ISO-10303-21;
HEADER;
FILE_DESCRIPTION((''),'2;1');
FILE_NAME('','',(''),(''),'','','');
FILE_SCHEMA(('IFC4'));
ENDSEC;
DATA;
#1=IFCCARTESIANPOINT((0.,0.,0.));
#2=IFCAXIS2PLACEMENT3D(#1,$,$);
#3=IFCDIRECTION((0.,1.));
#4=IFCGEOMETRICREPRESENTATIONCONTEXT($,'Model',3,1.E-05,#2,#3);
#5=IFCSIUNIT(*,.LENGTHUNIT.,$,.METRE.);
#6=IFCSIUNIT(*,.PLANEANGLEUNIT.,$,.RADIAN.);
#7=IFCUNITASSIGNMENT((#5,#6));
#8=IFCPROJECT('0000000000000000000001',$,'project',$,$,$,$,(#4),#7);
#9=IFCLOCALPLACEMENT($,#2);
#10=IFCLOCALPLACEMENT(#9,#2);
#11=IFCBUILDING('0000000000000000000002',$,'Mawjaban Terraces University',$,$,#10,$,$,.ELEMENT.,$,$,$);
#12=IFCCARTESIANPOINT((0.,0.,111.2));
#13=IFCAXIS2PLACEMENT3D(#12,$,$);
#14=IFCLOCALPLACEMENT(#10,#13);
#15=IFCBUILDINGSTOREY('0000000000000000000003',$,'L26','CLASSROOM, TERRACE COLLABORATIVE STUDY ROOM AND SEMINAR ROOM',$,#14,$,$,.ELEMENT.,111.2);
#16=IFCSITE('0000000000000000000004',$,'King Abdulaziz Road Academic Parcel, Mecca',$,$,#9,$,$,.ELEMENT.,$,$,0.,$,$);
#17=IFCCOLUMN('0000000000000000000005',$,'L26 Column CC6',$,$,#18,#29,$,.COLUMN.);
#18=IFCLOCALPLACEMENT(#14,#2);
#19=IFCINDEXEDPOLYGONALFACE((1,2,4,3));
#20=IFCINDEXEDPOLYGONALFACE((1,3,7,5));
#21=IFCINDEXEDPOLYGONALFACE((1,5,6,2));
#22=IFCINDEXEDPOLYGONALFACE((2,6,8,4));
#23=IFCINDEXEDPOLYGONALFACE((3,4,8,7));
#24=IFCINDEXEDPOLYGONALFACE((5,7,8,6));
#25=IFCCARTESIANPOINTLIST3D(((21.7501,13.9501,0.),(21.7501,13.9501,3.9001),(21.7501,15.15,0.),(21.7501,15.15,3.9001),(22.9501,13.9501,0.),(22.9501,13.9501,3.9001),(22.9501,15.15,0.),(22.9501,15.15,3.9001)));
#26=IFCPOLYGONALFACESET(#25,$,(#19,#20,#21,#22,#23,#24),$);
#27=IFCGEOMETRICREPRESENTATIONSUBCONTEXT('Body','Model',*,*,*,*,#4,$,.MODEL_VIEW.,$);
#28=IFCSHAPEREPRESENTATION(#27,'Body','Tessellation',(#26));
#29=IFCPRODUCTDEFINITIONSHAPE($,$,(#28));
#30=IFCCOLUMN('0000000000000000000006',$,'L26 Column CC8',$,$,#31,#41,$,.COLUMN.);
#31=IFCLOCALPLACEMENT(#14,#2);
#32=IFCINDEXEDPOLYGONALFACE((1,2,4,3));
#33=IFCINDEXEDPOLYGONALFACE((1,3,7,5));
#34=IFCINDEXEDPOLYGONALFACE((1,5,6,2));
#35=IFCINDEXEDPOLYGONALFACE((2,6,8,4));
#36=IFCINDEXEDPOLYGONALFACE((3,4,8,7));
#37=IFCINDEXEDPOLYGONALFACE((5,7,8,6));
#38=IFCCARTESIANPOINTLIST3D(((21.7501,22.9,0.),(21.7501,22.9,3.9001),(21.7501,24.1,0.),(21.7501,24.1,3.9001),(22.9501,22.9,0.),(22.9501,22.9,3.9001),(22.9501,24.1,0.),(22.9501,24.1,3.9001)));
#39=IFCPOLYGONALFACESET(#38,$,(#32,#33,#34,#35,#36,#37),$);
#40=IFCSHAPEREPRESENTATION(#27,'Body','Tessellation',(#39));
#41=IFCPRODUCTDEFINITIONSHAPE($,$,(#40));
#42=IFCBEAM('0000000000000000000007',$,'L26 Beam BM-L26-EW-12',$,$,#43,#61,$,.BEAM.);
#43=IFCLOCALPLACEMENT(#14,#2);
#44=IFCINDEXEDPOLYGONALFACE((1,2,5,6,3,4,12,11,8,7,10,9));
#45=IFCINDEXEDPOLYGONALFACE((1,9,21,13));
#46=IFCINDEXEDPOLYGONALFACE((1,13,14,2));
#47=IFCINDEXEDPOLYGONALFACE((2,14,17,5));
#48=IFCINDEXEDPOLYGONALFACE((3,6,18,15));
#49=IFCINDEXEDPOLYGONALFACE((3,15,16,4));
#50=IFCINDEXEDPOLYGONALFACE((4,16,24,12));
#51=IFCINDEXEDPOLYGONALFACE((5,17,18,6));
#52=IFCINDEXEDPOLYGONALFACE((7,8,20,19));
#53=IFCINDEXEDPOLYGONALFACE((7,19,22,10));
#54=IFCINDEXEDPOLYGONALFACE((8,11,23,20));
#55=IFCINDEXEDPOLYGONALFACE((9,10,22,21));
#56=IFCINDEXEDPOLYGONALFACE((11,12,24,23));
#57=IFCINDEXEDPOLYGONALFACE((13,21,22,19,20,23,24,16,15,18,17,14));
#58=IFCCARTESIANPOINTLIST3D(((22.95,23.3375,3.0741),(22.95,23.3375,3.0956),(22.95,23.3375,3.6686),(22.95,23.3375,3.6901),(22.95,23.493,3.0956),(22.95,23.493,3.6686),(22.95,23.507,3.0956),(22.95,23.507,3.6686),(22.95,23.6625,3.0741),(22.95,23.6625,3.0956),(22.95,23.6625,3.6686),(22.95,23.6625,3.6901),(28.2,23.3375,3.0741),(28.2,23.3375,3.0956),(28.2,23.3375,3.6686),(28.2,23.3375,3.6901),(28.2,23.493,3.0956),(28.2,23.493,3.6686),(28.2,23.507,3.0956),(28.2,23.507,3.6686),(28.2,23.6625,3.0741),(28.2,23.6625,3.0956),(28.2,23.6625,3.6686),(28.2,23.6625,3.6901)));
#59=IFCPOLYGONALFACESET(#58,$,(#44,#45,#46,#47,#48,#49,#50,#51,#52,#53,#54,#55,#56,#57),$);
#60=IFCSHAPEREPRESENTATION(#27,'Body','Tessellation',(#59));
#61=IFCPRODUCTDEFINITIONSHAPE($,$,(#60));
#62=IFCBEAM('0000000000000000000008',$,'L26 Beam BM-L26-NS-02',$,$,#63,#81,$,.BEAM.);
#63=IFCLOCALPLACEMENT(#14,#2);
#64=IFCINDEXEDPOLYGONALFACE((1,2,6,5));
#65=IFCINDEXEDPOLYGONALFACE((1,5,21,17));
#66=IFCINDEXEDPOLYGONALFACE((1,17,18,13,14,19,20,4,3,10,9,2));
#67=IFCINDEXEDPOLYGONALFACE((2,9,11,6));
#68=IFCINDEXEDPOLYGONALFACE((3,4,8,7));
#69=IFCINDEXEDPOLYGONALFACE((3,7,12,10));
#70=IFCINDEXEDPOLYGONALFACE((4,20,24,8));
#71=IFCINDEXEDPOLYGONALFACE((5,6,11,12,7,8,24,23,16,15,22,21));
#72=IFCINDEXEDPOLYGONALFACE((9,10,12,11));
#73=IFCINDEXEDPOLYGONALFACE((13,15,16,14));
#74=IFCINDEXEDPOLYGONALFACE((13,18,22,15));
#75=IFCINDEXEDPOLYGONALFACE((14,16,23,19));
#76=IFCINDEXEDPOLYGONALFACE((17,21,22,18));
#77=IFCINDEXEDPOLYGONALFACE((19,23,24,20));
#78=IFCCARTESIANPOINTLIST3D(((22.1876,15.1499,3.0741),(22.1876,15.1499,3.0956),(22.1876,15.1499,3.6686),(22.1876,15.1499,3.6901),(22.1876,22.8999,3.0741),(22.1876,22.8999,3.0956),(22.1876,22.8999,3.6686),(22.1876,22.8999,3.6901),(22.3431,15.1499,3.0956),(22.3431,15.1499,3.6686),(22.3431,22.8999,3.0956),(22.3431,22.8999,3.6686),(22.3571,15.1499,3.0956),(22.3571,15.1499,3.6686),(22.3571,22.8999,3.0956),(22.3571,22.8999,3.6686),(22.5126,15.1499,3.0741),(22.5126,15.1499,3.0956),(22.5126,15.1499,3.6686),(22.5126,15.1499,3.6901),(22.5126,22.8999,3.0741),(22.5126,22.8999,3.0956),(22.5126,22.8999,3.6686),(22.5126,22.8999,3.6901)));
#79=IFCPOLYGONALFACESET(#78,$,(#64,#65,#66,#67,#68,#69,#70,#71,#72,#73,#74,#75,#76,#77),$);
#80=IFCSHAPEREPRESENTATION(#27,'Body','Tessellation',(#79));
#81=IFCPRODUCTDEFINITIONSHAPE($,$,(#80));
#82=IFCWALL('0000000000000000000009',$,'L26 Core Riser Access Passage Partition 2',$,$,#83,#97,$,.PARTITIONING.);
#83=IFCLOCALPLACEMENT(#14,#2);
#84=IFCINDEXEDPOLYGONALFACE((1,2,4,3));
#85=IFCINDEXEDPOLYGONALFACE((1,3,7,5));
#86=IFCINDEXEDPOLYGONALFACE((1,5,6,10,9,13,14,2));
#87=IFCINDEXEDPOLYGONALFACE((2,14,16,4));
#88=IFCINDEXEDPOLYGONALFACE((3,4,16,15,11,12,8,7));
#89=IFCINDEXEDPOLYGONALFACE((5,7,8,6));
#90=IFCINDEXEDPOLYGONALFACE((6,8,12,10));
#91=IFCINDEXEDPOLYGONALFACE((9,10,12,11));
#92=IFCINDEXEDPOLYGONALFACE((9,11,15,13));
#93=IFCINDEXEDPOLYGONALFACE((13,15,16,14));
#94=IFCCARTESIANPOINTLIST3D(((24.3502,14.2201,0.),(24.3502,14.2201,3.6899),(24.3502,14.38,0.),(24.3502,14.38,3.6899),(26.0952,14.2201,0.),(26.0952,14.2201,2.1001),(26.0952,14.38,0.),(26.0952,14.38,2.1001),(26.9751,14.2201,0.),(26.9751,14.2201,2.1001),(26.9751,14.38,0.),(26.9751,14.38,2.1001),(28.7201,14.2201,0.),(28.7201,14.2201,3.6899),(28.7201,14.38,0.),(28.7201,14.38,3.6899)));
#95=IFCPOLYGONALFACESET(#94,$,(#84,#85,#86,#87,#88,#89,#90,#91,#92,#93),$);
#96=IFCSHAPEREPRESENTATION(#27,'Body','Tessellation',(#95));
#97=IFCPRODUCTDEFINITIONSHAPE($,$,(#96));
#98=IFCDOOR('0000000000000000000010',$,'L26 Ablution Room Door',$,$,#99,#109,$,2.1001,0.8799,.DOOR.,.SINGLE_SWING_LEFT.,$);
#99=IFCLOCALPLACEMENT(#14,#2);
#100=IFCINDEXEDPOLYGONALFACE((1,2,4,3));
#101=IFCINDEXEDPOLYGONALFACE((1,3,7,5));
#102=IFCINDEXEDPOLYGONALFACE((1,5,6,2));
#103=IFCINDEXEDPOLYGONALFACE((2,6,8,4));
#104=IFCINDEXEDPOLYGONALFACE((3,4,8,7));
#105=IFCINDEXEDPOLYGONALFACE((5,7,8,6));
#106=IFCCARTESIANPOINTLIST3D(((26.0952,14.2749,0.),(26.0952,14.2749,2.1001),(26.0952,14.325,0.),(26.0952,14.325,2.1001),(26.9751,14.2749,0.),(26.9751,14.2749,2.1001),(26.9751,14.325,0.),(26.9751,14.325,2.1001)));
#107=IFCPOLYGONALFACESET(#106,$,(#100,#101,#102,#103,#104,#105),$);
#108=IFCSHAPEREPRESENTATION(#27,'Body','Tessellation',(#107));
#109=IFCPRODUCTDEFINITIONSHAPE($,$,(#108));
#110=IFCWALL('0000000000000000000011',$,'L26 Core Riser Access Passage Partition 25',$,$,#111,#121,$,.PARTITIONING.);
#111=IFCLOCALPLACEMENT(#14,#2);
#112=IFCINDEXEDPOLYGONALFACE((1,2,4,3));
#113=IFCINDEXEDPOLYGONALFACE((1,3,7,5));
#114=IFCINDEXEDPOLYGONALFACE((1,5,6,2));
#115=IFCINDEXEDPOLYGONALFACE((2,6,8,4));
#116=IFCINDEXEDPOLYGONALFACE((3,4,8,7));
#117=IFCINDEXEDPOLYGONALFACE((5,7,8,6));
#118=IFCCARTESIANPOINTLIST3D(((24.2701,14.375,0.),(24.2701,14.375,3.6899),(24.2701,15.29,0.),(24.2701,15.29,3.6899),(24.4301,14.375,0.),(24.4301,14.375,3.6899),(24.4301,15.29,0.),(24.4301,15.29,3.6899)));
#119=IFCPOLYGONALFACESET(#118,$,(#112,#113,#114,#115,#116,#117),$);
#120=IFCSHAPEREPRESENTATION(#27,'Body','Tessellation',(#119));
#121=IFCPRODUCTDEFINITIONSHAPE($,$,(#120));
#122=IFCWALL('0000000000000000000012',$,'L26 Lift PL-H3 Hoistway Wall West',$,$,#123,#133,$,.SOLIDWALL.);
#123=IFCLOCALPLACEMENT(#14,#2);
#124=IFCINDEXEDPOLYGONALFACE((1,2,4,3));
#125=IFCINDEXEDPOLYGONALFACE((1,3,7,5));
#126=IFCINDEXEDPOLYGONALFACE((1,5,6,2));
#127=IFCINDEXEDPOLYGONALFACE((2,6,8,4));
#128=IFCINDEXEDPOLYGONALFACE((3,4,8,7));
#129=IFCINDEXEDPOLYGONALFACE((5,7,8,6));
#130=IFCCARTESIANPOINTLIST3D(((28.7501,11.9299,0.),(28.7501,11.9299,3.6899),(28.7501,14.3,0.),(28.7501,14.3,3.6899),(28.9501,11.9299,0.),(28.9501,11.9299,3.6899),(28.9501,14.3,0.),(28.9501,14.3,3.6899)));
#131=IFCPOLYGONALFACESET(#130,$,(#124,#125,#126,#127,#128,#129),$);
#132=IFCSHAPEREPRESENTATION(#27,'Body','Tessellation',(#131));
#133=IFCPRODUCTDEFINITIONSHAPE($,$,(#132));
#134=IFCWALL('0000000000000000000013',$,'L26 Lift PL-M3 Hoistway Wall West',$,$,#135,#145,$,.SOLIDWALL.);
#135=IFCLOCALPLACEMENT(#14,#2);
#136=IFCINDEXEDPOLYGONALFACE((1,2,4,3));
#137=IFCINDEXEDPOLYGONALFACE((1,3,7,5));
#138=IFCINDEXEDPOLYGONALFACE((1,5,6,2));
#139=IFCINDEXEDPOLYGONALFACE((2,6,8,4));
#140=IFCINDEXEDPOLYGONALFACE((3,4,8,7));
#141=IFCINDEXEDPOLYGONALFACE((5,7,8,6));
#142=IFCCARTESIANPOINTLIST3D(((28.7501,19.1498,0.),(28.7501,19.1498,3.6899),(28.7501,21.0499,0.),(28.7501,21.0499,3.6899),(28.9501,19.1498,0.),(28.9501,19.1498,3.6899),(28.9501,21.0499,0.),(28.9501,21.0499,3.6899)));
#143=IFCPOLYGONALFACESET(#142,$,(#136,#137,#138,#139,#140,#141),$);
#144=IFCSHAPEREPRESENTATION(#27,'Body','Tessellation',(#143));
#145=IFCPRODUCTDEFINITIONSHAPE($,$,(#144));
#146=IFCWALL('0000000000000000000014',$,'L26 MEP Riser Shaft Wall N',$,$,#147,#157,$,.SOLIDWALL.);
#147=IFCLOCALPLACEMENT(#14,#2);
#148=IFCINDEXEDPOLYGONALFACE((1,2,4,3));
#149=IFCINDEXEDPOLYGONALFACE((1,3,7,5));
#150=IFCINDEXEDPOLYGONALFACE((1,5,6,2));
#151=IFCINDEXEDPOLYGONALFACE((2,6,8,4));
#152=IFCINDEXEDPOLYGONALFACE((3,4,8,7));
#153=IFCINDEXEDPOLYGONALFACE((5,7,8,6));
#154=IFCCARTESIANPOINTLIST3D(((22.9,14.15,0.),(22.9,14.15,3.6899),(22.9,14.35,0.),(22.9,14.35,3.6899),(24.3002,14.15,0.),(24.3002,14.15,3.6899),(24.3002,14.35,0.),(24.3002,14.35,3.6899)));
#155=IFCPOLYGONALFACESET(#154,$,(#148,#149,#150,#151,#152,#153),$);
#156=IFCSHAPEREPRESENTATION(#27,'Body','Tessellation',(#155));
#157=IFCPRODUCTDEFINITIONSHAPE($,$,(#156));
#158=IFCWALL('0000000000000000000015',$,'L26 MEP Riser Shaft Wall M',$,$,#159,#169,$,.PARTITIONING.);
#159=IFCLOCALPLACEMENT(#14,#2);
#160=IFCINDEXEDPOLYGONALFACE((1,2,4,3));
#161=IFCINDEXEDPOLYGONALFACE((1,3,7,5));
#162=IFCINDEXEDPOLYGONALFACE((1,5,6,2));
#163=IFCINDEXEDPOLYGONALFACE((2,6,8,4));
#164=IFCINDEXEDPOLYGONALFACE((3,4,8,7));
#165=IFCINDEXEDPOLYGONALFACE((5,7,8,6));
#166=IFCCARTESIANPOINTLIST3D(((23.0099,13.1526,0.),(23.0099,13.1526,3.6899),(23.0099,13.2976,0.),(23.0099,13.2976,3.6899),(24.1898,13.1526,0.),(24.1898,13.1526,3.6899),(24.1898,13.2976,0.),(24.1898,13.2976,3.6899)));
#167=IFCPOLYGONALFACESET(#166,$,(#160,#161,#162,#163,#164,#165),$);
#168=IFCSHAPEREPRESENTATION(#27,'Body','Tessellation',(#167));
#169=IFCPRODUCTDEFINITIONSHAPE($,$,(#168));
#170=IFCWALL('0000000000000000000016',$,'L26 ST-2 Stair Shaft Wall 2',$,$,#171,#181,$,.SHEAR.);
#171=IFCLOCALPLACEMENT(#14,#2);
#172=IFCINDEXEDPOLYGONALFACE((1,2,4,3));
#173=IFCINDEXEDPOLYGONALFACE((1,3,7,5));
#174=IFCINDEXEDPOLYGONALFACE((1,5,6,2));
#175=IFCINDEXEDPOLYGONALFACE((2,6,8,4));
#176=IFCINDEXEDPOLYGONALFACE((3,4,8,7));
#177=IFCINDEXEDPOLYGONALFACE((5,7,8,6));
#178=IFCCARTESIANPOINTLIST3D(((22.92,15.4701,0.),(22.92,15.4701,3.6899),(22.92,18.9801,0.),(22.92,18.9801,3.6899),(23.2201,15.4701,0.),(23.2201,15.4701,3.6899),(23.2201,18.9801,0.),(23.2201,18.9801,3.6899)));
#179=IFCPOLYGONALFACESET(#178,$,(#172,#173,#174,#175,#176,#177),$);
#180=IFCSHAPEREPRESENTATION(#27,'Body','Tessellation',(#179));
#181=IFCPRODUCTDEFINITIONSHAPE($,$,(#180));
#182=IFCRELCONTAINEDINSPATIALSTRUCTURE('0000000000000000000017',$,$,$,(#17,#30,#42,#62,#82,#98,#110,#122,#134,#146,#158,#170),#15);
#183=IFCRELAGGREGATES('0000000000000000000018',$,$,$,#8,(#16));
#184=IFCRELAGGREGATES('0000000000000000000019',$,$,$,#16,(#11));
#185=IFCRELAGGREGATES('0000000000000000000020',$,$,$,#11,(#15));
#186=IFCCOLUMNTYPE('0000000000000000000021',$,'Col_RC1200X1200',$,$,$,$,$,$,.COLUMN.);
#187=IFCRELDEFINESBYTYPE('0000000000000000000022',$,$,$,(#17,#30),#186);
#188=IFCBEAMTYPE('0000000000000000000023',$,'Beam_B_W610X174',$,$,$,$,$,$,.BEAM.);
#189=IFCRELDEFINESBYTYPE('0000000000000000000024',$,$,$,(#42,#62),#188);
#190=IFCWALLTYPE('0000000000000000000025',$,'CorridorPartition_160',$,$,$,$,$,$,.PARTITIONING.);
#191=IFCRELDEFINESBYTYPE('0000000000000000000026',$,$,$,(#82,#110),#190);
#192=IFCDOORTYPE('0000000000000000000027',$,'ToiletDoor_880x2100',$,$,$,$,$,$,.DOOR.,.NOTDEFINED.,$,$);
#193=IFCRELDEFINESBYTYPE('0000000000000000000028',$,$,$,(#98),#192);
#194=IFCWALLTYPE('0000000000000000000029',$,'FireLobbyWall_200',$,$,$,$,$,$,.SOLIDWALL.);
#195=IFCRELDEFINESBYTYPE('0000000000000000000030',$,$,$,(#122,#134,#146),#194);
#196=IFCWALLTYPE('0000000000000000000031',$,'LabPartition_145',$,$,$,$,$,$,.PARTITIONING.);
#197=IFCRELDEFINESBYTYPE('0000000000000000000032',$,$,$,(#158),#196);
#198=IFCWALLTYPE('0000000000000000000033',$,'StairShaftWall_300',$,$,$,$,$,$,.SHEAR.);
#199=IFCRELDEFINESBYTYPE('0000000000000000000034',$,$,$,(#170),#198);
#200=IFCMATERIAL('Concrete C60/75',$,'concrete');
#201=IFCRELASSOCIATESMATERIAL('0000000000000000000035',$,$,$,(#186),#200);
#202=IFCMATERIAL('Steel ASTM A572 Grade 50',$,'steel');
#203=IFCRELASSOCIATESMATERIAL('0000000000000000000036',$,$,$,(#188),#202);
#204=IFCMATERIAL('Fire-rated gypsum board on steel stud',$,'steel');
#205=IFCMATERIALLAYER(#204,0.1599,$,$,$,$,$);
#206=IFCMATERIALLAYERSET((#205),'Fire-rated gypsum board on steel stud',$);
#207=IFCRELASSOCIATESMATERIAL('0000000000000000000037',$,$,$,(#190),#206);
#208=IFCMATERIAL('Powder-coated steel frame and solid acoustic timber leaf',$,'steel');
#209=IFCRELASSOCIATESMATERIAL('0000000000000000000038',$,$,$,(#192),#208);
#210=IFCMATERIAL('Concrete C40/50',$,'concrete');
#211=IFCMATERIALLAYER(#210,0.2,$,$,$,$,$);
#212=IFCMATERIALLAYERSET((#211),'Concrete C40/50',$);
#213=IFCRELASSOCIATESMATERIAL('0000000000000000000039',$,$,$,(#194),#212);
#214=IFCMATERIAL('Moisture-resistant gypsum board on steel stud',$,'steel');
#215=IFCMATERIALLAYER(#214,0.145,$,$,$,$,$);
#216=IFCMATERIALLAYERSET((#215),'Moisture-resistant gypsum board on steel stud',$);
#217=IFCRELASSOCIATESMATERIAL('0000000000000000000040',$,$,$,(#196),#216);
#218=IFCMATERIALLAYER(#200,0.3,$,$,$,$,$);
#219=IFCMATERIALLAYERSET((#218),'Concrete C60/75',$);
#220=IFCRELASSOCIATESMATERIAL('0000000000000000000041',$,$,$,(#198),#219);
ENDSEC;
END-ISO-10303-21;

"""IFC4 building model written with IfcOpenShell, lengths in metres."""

from ifc_helpers import new_model, si_unit, direction, frame, frame_2d, origin, origin_2d, place, context, subcontext, project, spatial, rectangle, i_section, extrude, material, layer, layer_set, material_profile, profile_set, type_object, element, fill, save


model = new_model("IFC4")

# Units and contexts
model_context = context("Model", 3, precision=1e-05, world=origin(), true_north=direction((0.0, 1.0)))
body_context = subcontext(model_context, "Body", "Model", "MODEL_VIEW")
ifc_project = project(units=[si_unit("LENGTHUNIT", "METRE"), si_unit("PLANEANGLEUNIT", "RADIAN")], contexts=[model_context])

# Site, building, storey
site_placement = place(None, origin())
site = spatial("IfcSite", under=ifc_project, at=site_placement, Name="King Abdulaziz Road Academic Parcel, Mecca", CompositionType="ELEMENT", RefElevation=0.0)
building_placement = place(site_placement, origin())
building = spatial("IfcBuilding", under=site, at=building_placement, Name="Mawjaban Terraces University", CompositionType="ELEMENT")
storey_placement = place(building_placement, frame((0.0, 0.0, 111.2)))
storey = spatial("IfcBuildingStorey", under=building, at=storey_placement, Name="L26", Description="CLASSROOM, TERRACE COLLABORATIVE STUDY ROOM AND SEMINAR ROOM", CompositionType="ELEMENT", Elevation=111.2)

# Columns
ifc_material_1 = material(Name="Concrete C60/75", Category="concrete")
ifc_material_profile_1 = material_profile(ifc_material_1, rectangle(XDim=1.2, YDim=1.2, at=origin_2d()), Name="RC1200X1200")
ifc_profile_set_1 = profile_set([ifc_material_profile_1], Name="Concrete C60/75")
column_type = type_object("IfcColumnType", Name="Col_RC1200X1200", PredefinedType="COLUMN", material=ifc_profile_set_1)
for number, where, z_axis, x_axis, name in (
    (1, (22.3501, 14.55, 0.0), (0.0, 0.0, 1.0), (1.0, 0.0, 0.0), "L26 Column CC6"),
    (2, (22.3501, 23.5, 0.0), (0.0, 0.0, 1.0), (1.0, 0.0, 0.0), "L26 Column CC8"),
):
    element("IfcColumn", number, at=place(storey_placement, frame(where, z_axis=z_axis, x_axis=x_axis)), inside=storey, type_object=column_type, Name=name, PredefinedType="COLUMN", context=body_context, shape_type="SweptSolid", body=[
        extrude(rectangle(XDim=1.2, YDim=1.2, at=origin_2d()), origin(), (0.0, 0.0, 1.0), 3.9001),
    ])

# Beams
ifc_material_2 = material(Name="Steel ASTM A572 Grade 50", Category="steel")
ifc_material_profile_2 = material_profile(ifc_material_2, i_section(OverallWidth=0.325, OverallDepth=0.616, WebThickness=0.0139, FlangeThickness=0.0215, at=origin_2d()), Name="W610X174")
ifc_profile_set_2 = profile_set([ifc_material_profile_2], Name="Steel ASTM A572 Grade 50")
beam_type = type_object("IfcBeamType", Name="Beam_B_W610X174", PredefinedType="BEAM", material=ifc_profile_set_2)
beam_1_placement = place(storey_placement, frame((22.95, 23.5, 3.3821), z_axis=(1.0, 0.0, 0.0), x_axis=(0.0, 1.0, 0.0)))
element("IfcBeam", 3, at=beam_1_placement, inside=storey, type_object=beam_type, Name="L26 Beam BM-L26-EW-12", PredefinedType="BEAM", context=body_context, shape_type="SweptSolid", body=[
    extrude(i_section(OverallWidth=0.325, OverallDepth=0.616, WebThickness=0.0139, FlangeThickness=0.0215, at=origin_2d()), origin(), (0.0, 0.0, 1.0), 5.25),
])
beam_2_placement = place(storey_placement, frame((22.3501, 15.1499, 3.3821), z_axis=(0.0, 1.0, 0.0), x_axis=(-1.0, 0.0, 0.0)))
element("IfcBeam", 4, at=beam_2_placement, inside=storey, type_object=beam_type, Name="L26 Beam BM-L26-NS-02", PredefinedType="BEAM", context=body_context, shape_type="SweptSolid", body=[
    extrude(i_section(OverallWidth=0.325, OverallDepth=0.616, WebThickness=0.0139, FlangeThickness=0.0215, at=origin_2d()), origin(), (0.0, 0.0, 1.0), 7.75),
])

# Wall, opening, door
ifc_material_3 = material(Name="Fire-rated gypsum board on steel stud", Category="steel")
ifc_layer_1 = layer(ifc_material_3, 0.1599)
ifc_layer_set_1 = layer_set([ifc_layer_1], Name="Fire-rated gypsum board on steel stud")
wall_type_1 = type_object("IfcWallType", Name="CorridorPartition_160", PredefinedType="PARTITIONING", material=ifc_layer_set_1)
wall_1_placement = place(storey_placement, frame((24.3501, 14.3, 0.0), z_axis=(0.0, 0.0, 1.0), x_axis=(1.0, 0.0, 0.0)))
wall_1 = element("IfcWall", 5, at=wall_1_placement, inside=storey, type_object=wall_type_1, Name="L26 Core Riser Access Passage Partition 2", PredefinedType="PARTITIONING", context=body_context, shape_type="SweptSolid", body=[
    extrude(rectangle(XDim=4.3699, YDim=0.1599, at=frame_2d((2.1851, 0.0))), origin(), (0.0, 0.0, 1.0), 3.6899),
])
opening_placement = place(wall_1_placement, frame((1.7451, 0.0, 0.0)))
opening = element("IfcOpeningElement", 6, at=opening_placement, cuts=wall_1, PredefinedType="OPENING", context=body_context, shape_type="SweptSolid", body=[
    extrude(rectangle(XDim=0.8799, YDim=2.1001, at=frame_2d((0.4399, 1.05))), frame((0.0, 0.0898, 0.0), z_axis=(0.0, -1.0, 0.0), x_axis=(1.0, 0.0, 0.0)), (0.0, 0.0, 1.0), 0.1799),
])
ifc_material_4 = material(Name="Powder-coated steel frame and solid acoustic timber leaf", Category="steel")
door_type = type_object("IfcDoorType", Name="ToiletDoor_880x2100", OperationType="NOTDEFINED", PredefinedType="DOOR", material=ifc_material_4)
door_placement = place(opening_placement, origin())
door = element("IfcDoor", 7, at=door_placement, inside=storey, type_object=door_type, Name="L26 Ablution Room Door", OperationType="SINGLE_SWING_LEFT", OverallHeight=2.1001, OverallWidth=0.8799, PredefinedType="DOOR", context=body_context, shape_type="SweptSolid", body=[
    extrude(rectangle(XDim=0.8799, YDim=2.1001, at=frame_2d((0.4399, 1.05))), frame((0.0, 0.0249, 0.0), z_axis=(0.0, -1.0, 0.0), x_axis=(1.0, 0.0, 0.0)), (0.0, 0.0, 1.0), 0.05),
])
fill(opening, door)

# Walls
wall_2_placement = place(storey_placement, frame((24.3501, 15.29, 0.0), z_axis=(0.0, 0.0, 1.0), x_axis=(0.0, -1.0, 0.0)))
element("IfcWall", 8, at=wall_2_placement, inside=storey, type_object=wall_type_1, Name="L26 Core Riser Access Passage Partition 25", PredefinedType="PARTITIONING", context=body_context, shape_type="SweptSolid", body=[
    extrude(rectangle(XDim=0.915, YDim=0.1599, at=frame_2d((0.4575, 0.0))), origin(), (0.0, 0.0, 1.0), 3.6899),
])
ifc_material_5 = material(Name="Concrete C40/50", Category="concrete")
ifc_layer_2 = layer(ifc_material_5, 0.2)
ifc_layer_set_2 = layer_set([ifc_layer_2], Name="Concrete C40/50")
wall_type_2 = type_object("IfcWallType", Name="FireLobbyWall_200", PredefinedType="SOLIDWALL", material=ifc_layer_set_2)
wall_3_placement = place(storey_placement, frame((28.8501, 14.3, 0.0), z_axis=(0.0, 0.0, 1.0), x_axis=(0.0, -1.0, 0.0)))
element("IfcWall", 9, at=wall_3_placement, inside=storey, type_object=wall_type_2, Name="L26 Lift PL-H3 Hoistway Wall West", PredefinedType="SOLIDWALL", context=body_context, shape_type="SweptSolid", body=[
    extrude(rectangle(XDim=2.3701, YDim=0.2, at=frame_2d((1.1851, 0.0))), origin(), (0.0, 0.0, 1.0), 3.6899),
])
wall_4_placement = place(storey_placement, frame((28.8501, 21.05, 0.0), z_axis=(0.0, 0.0, 1.0), x_axis=(0.0, -1.0, 0.0)))
element("IfcWall", 10, at=wall_4_placement, inside=storey, type_object=wall_type_2, Name="L26 Lift PL-M3 Hoistway Wall West", PredefinedType="SOLIDWALL", context=body_context, shape_type="SweptSolid", body=[
    extrude(rectangle(XDim=1.9001, YDim=0.2, at=frame_2d((0.9502, 0.0))), origin(), (0.0, 0.0, 1.0), 3.6899),
])
wall_5_placement = place(storey_placement, frame((22.8999, 14.25, 0.0), z_axis=(0.0, 0.0, 1.0), x_axis=(1.0, 0.0, 0.0)))
element("IfcWall", 11, at=wall_5_placement, inside=storey, type_object=wall_type_2, Name="L26 MEP Riser Shaft Wall N", PredefinedType="SOLIDWALL", context=body_context, shape_type="SweptSolid", body=[
    extrude(rectangle(XDim=1.4001, YDim=0.2, at=frame_2d((0.7002, 0.0))), origin(), (0.0, 0.0, 1.0), 3.6899),
])
ifc_material_6 = material(Name="Moisture-resistant gypsum board on steel stud", Category="steel")
ifc_layer_3 = layer(ifc_material_6, 0.145)
ifc_layer_set_3 = layer_set([ifc_layer_3], Name="Moisture-resistant gypsum board on steel stud")
wall_type_3 = type_object("IfcWallType", Name="LabPartition_145", PredefinedType="PARTITIONING", material=ifc_layer_set_3)
wall_6_placement = place(storey_placement, frame((23.01, 13.2251, 0.0), z_axis=(0.0, 0.0, 1.0), x_axis=(1.0, 0.0, 0.0)))
element("IfcWall", 12, at=wall_6_placement, inside=storey, type_object=wall_type_3, Name="L26 MEP Riser Shaft Wall M", PredefinedType="PARTITIONING", context=body_context, shape_type="SweptSolid", body=[
    extrude(rectangle(XDim=1.1799, YDim=0.145, at=frame_2d((0.5898, 0.0))), origin(), (0.0, 0.0, 1.0), 3.6899),
])
ifc_layer_4 = layer(ifc_material_1, 0.3)
ifc_layer_set_4 = layer_set([ifc_layer_4], Name="Concrete C60/75")
wall_type_4 = type_object("IfcWallType", Name="StairShaftWall_300", PredefinedType="SHEAR", material=ifc_layer_set_4)
wall_7_placement = place(storey_placement, frame((23.0701, 18.98, 0.0), z_axis=(0.0, 0.0, 1.0), x_axis=(0.0, -1.0, 0.0)))
element("IfcWall", 13, at=wall_7_placement, inside=storey, type_object=wall_type_4, Name="L26 ST-2 Stair Shaft Wall 2", PredefinedType="SHEAR", context=body_context, shape_type="SweptSolid", body=[
    extrude(rectangle(XDim=3.51, YDim=0.3, at=frame_2d((1.7549, 0.0))), origin(), (0.0, 0.0, 1.0), 3.6899),
])

save(model, "model.ifc")
